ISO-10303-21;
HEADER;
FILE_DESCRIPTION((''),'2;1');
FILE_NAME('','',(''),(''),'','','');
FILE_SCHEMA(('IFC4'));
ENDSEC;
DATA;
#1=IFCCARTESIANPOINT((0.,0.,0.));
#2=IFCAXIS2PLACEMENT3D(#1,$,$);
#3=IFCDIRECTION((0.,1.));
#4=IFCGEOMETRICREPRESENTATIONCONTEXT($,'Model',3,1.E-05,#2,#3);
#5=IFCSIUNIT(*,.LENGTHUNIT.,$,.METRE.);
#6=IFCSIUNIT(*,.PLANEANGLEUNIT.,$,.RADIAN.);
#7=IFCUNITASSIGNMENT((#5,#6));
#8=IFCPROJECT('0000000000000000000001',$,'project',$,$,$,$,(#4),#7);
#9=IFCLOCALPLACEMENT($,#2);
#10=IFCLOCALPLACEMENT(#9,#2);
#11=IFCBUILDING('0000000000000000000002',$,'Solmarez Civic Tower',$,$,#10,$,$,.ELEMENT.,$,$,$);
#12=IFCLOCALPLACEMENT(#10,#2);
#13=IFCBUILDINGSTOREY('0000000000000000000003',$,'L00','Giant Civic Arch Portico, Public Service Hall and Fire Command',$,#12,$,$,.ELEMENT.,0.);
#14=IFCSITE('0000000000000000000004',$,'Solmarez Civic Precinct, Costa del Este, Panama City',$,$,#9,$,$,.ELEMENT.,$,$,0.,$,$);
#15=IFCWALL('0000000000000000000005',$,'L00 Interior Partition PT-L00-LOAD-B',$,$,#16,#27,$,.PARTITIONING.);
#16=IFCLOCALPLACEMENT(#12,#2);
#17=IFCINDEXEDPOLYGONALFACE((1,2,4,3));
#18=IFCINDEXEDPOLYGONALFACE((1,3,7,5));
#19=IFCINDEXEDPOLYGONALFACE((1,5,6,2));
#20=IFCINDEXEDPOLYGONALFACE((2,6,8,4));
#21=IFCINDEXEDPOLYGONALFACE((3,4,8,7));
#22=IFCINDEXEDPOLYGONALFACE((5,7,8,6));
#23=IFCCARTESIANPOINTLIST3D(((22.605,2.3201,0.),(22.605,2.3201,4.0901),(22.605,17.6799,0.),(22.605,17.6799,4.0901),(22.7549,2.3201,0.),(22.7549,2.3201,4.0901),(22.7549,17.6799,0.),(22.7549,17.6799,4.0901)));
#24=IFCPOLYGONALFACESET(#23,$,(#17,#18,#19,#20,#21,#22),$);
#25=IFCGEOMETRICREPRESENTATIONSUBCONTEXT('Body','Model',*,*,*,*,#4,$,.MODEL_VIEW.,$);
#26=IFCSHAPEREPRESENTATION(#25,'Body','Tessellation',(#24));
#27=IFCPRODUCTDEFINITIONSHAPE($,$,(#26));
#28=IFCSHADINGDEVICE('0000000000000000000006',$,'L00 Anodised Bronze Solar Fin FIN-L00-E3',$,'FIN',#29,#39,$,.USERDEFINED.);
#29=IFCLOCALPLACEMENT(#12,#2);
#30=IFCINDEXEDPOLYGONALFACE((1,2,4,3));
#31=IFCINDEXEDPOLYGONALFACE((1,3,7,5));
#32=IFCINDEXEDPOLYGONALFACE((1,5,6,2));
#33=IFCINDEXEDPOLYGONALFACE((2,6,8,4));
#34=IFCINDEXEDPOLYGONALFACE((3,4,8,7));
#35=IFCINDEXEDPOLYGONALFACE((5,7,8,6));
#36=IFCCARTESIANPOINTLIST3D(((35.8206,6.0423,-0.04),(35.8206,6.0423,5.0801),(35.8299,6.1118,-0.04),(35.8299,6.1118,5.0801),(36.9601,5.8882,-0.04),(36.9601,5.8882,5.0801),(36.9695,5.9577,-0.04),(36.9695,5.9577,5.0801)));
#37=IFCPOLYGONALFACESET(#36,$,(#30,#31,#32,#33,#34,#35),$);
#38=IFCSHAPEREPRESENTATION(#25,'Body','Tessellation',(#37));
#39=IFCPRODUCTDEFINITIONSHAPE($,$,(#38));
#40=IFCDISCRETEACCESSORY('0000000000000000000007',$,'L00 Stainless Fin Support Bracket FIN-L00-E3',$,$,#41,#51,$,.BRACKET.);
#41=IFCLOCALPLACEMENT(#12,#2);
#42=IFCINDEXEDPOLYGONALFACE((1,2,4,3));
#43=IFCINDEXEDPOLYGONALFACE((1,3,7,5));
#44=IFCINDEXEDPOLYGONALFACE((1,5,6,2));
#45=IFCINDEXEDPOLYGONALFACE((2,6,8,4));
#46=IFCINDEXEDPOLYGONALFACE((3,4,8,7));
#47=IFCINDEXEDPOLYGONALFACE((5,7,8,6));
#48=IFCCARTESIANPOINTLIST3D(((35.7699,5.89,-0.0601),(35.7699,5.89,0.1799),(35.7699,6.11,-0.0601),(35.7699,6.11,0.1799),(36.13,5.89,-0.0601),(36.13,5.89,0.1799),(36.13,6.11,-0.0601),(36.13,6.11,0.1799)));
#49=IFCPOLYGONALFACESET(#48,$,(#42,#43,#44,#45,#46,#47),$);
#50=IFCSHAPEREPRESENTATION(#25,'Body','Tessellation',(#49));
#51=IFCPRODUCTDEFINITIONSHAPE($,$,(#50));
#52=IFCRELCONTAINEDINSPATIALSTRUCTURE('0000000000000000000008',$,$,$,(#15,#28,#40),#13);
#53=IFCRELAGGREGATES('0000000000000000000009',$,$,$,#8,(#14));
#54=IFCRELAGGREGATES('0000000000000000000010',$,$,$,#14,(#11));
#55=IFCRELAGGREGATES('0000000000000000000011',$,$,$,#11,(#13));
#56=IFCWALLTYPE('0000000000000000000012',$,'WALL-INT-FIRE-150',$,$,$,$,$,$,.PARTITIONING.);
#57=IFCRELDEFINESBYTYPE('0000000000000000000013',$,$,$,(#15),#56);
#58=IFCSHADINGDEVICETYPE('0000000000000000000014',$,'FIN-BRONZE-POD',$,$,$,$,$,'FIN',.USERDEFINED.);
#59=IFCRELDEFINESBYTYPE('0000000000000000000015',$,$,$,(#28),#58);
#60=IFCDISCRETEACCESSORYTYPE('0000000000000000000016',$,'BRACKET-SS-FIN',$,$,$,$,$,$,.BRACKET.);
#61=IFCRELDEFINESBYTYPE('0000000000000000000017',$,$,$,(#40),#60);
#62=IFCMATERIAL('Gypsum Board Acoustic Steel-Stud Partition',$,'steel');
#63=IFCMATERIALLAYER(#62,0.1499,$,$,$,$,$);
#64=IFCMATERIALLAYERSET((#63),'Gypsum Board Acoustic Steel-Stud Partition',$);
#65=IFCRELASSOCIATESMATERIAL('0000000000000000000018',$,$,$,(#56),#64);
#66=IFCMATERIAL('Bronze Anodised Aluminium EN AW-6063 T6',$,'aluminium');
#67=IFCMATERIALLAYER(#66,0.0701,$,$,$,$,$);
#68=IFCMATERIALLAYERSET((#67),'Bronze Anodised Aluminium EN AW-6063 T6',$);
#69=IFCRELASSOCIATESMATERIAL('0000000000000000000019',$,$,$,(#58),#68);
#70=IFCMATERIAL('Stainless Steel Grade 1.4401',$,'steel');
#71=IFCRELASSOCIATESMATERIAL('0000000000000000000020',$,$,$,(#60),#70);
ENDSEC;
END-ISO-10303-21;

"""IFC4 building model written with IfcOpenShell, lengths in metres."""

from ifc_helpers import new_model, si_unit, direction, frame, frame_2d, origin, origin_2d, place, context, subcontext, project, spatial, rectangle, extrude, material, layer, layer_set, type_object, element, save


model = new_model("IFC4")

# Units and contexts
model_context = context("Model", 3, precision=1e-05, world=origin(), true_north=direction((0.0, 1.0)))
body_context = subcontext(model_context, "Body", "Model", "MODEL_VIEW")
ifc_project = project(units=[si_unit("LENGTHUNIT", "METRE"), si_unit("PLANEANGLEUNIT", "RADIAN")], contexts=[model_context])

# Site, building, storey
site_placement = place(None, origin())
site = spatial("IfcSite", under=ifc_project, at=site_placement, Name="Solmarez Civic Precinct, Costa del Este, Panama City", CompositionType="ELEMENT", RefElevation=0.0)
building_placement = place(site_placement, origin())
building = spatial("IfcBuilding", under=site, at=building_placement, Name="Solmarez Civic Tower", CompositionType="ELEMENT")
storey_placement = place(building_placement, origin())
storey = spatial("IfcBuildingStorey", under=building, at=storey_placement, Name="L00", Description="Giant Civic Arch Portico, Public Service Hall and Fire Command", CompositionType="ELEMENT", Elevation=0.0)

# Shared definitions
ifc_material_1 = material(Name="Gypsum Board Acoustic Steel-Stud Partition", Category="steel")
ifc_layer_1 = layer(ifc_material_1, 0.1499)
ifc_layer_set_1 = layer_set([ifc_layer_1], Name="Gypsum Board Acoustic Steel-Stud Partition")
wall_type = type_object("IfcWallType", Name="WALL-INT-FIRE-150", PredefinedType="PARTITIONING", material=ifc_layer_set_1)

# Wall
wall_1_placement = place(storey_placement, frame((22.6799, 2.3201, 0.0), z_axis=(0.0, 0.0, 1.0), x_axis=(0.0, 1.0, 0.0)))
element("IfcWall", 1, at=wall_1_placement, inside=storey, type_object=wall_type, Name="L00 Interior Partition PT-L00-LOAD-B", PredefinedType="PARTITIONING", context=body_context, shape_type="SweptSolid", body=[
    extrude(rectangle(XDim=15.3599, YDim=0.1499, at=frame_2d((7.6799, 0.0))), origin(), (0.0, 0.0, 1.0), 4.0901),
])

# Shading device
ifc_material_2 = material(Name="Bronze Anodised Aluminium EN AW-6063 T6", Category="aluminium")
ifc_layer_2 = layer(ifc_material_2, 0.0701)
ifc_layer_set_2 = layer_set([ifc_layer_2], Name="Bronze Anodised Aluminium EN AW-6063 T6")
shading_device_type = type_object("IfcShadingDeviceType", Name="FIN-BRONZE-POD", ElementType="FIN", PredefinedType="USERDEFINED", material=ifc_layer_set_2)
shading_device_placement = place(storey_placement, frame((36.395, 6.0, -0.04), z_axis=(0.0, 0.0, 1.0), x_axis=(0.990983, -0.133986, 0.0)))
element("IfcShadingDevice", 2, at=shading_device_placement, inside=storey, type_object=shading_device_type, Name="L00 Anodised Bronze Solar Fin FIN-L00-E3", ObjectType="FIN", PredefinedType="USERDEFINED", context=body_context, shape_type="SweptSolid", body=[
    extrude(rectangle(XDim=1.1499, YDim=0.0701, at=origin_2d()), origin(), (0.0, 0.0, 1.0), 5.1201),
])

# Discrete accessory
ifc_material_3 = material(Name="Stainless Steel Grade 1.4401", Category="steel")
discrete_accessory_type = type_object("IfcDiscreteAccessoryType", Name="BRACKET-SS-FIN", PredefinedType="BRACKET", material=ifc_material_3)
discrete_accessory_placement = place(storey_placement, frame((35.95, 6.0, -0.0601), z_axis=(0.0, 0.0, 1.0), x_axis=(1.0, 0.0, 0.0)))
element("IfcDiscreteAccessory", 3, at=discrete_accessory_placement, inside=storey, type_object=discrete_accessory_type, Name="L00 Stainless Fin Support Bracket FIN-L00-E3", PredefinedType="BRACKET", context=body_context, shape_type="SweptSolid", body=[
    extrude(rectangle(XDim=0.3601, YDim=0.22, at=origin_2d()), origin(), (0.0, 0.0, 1.0), 0.24),
])

save(model, "model.ifc")
